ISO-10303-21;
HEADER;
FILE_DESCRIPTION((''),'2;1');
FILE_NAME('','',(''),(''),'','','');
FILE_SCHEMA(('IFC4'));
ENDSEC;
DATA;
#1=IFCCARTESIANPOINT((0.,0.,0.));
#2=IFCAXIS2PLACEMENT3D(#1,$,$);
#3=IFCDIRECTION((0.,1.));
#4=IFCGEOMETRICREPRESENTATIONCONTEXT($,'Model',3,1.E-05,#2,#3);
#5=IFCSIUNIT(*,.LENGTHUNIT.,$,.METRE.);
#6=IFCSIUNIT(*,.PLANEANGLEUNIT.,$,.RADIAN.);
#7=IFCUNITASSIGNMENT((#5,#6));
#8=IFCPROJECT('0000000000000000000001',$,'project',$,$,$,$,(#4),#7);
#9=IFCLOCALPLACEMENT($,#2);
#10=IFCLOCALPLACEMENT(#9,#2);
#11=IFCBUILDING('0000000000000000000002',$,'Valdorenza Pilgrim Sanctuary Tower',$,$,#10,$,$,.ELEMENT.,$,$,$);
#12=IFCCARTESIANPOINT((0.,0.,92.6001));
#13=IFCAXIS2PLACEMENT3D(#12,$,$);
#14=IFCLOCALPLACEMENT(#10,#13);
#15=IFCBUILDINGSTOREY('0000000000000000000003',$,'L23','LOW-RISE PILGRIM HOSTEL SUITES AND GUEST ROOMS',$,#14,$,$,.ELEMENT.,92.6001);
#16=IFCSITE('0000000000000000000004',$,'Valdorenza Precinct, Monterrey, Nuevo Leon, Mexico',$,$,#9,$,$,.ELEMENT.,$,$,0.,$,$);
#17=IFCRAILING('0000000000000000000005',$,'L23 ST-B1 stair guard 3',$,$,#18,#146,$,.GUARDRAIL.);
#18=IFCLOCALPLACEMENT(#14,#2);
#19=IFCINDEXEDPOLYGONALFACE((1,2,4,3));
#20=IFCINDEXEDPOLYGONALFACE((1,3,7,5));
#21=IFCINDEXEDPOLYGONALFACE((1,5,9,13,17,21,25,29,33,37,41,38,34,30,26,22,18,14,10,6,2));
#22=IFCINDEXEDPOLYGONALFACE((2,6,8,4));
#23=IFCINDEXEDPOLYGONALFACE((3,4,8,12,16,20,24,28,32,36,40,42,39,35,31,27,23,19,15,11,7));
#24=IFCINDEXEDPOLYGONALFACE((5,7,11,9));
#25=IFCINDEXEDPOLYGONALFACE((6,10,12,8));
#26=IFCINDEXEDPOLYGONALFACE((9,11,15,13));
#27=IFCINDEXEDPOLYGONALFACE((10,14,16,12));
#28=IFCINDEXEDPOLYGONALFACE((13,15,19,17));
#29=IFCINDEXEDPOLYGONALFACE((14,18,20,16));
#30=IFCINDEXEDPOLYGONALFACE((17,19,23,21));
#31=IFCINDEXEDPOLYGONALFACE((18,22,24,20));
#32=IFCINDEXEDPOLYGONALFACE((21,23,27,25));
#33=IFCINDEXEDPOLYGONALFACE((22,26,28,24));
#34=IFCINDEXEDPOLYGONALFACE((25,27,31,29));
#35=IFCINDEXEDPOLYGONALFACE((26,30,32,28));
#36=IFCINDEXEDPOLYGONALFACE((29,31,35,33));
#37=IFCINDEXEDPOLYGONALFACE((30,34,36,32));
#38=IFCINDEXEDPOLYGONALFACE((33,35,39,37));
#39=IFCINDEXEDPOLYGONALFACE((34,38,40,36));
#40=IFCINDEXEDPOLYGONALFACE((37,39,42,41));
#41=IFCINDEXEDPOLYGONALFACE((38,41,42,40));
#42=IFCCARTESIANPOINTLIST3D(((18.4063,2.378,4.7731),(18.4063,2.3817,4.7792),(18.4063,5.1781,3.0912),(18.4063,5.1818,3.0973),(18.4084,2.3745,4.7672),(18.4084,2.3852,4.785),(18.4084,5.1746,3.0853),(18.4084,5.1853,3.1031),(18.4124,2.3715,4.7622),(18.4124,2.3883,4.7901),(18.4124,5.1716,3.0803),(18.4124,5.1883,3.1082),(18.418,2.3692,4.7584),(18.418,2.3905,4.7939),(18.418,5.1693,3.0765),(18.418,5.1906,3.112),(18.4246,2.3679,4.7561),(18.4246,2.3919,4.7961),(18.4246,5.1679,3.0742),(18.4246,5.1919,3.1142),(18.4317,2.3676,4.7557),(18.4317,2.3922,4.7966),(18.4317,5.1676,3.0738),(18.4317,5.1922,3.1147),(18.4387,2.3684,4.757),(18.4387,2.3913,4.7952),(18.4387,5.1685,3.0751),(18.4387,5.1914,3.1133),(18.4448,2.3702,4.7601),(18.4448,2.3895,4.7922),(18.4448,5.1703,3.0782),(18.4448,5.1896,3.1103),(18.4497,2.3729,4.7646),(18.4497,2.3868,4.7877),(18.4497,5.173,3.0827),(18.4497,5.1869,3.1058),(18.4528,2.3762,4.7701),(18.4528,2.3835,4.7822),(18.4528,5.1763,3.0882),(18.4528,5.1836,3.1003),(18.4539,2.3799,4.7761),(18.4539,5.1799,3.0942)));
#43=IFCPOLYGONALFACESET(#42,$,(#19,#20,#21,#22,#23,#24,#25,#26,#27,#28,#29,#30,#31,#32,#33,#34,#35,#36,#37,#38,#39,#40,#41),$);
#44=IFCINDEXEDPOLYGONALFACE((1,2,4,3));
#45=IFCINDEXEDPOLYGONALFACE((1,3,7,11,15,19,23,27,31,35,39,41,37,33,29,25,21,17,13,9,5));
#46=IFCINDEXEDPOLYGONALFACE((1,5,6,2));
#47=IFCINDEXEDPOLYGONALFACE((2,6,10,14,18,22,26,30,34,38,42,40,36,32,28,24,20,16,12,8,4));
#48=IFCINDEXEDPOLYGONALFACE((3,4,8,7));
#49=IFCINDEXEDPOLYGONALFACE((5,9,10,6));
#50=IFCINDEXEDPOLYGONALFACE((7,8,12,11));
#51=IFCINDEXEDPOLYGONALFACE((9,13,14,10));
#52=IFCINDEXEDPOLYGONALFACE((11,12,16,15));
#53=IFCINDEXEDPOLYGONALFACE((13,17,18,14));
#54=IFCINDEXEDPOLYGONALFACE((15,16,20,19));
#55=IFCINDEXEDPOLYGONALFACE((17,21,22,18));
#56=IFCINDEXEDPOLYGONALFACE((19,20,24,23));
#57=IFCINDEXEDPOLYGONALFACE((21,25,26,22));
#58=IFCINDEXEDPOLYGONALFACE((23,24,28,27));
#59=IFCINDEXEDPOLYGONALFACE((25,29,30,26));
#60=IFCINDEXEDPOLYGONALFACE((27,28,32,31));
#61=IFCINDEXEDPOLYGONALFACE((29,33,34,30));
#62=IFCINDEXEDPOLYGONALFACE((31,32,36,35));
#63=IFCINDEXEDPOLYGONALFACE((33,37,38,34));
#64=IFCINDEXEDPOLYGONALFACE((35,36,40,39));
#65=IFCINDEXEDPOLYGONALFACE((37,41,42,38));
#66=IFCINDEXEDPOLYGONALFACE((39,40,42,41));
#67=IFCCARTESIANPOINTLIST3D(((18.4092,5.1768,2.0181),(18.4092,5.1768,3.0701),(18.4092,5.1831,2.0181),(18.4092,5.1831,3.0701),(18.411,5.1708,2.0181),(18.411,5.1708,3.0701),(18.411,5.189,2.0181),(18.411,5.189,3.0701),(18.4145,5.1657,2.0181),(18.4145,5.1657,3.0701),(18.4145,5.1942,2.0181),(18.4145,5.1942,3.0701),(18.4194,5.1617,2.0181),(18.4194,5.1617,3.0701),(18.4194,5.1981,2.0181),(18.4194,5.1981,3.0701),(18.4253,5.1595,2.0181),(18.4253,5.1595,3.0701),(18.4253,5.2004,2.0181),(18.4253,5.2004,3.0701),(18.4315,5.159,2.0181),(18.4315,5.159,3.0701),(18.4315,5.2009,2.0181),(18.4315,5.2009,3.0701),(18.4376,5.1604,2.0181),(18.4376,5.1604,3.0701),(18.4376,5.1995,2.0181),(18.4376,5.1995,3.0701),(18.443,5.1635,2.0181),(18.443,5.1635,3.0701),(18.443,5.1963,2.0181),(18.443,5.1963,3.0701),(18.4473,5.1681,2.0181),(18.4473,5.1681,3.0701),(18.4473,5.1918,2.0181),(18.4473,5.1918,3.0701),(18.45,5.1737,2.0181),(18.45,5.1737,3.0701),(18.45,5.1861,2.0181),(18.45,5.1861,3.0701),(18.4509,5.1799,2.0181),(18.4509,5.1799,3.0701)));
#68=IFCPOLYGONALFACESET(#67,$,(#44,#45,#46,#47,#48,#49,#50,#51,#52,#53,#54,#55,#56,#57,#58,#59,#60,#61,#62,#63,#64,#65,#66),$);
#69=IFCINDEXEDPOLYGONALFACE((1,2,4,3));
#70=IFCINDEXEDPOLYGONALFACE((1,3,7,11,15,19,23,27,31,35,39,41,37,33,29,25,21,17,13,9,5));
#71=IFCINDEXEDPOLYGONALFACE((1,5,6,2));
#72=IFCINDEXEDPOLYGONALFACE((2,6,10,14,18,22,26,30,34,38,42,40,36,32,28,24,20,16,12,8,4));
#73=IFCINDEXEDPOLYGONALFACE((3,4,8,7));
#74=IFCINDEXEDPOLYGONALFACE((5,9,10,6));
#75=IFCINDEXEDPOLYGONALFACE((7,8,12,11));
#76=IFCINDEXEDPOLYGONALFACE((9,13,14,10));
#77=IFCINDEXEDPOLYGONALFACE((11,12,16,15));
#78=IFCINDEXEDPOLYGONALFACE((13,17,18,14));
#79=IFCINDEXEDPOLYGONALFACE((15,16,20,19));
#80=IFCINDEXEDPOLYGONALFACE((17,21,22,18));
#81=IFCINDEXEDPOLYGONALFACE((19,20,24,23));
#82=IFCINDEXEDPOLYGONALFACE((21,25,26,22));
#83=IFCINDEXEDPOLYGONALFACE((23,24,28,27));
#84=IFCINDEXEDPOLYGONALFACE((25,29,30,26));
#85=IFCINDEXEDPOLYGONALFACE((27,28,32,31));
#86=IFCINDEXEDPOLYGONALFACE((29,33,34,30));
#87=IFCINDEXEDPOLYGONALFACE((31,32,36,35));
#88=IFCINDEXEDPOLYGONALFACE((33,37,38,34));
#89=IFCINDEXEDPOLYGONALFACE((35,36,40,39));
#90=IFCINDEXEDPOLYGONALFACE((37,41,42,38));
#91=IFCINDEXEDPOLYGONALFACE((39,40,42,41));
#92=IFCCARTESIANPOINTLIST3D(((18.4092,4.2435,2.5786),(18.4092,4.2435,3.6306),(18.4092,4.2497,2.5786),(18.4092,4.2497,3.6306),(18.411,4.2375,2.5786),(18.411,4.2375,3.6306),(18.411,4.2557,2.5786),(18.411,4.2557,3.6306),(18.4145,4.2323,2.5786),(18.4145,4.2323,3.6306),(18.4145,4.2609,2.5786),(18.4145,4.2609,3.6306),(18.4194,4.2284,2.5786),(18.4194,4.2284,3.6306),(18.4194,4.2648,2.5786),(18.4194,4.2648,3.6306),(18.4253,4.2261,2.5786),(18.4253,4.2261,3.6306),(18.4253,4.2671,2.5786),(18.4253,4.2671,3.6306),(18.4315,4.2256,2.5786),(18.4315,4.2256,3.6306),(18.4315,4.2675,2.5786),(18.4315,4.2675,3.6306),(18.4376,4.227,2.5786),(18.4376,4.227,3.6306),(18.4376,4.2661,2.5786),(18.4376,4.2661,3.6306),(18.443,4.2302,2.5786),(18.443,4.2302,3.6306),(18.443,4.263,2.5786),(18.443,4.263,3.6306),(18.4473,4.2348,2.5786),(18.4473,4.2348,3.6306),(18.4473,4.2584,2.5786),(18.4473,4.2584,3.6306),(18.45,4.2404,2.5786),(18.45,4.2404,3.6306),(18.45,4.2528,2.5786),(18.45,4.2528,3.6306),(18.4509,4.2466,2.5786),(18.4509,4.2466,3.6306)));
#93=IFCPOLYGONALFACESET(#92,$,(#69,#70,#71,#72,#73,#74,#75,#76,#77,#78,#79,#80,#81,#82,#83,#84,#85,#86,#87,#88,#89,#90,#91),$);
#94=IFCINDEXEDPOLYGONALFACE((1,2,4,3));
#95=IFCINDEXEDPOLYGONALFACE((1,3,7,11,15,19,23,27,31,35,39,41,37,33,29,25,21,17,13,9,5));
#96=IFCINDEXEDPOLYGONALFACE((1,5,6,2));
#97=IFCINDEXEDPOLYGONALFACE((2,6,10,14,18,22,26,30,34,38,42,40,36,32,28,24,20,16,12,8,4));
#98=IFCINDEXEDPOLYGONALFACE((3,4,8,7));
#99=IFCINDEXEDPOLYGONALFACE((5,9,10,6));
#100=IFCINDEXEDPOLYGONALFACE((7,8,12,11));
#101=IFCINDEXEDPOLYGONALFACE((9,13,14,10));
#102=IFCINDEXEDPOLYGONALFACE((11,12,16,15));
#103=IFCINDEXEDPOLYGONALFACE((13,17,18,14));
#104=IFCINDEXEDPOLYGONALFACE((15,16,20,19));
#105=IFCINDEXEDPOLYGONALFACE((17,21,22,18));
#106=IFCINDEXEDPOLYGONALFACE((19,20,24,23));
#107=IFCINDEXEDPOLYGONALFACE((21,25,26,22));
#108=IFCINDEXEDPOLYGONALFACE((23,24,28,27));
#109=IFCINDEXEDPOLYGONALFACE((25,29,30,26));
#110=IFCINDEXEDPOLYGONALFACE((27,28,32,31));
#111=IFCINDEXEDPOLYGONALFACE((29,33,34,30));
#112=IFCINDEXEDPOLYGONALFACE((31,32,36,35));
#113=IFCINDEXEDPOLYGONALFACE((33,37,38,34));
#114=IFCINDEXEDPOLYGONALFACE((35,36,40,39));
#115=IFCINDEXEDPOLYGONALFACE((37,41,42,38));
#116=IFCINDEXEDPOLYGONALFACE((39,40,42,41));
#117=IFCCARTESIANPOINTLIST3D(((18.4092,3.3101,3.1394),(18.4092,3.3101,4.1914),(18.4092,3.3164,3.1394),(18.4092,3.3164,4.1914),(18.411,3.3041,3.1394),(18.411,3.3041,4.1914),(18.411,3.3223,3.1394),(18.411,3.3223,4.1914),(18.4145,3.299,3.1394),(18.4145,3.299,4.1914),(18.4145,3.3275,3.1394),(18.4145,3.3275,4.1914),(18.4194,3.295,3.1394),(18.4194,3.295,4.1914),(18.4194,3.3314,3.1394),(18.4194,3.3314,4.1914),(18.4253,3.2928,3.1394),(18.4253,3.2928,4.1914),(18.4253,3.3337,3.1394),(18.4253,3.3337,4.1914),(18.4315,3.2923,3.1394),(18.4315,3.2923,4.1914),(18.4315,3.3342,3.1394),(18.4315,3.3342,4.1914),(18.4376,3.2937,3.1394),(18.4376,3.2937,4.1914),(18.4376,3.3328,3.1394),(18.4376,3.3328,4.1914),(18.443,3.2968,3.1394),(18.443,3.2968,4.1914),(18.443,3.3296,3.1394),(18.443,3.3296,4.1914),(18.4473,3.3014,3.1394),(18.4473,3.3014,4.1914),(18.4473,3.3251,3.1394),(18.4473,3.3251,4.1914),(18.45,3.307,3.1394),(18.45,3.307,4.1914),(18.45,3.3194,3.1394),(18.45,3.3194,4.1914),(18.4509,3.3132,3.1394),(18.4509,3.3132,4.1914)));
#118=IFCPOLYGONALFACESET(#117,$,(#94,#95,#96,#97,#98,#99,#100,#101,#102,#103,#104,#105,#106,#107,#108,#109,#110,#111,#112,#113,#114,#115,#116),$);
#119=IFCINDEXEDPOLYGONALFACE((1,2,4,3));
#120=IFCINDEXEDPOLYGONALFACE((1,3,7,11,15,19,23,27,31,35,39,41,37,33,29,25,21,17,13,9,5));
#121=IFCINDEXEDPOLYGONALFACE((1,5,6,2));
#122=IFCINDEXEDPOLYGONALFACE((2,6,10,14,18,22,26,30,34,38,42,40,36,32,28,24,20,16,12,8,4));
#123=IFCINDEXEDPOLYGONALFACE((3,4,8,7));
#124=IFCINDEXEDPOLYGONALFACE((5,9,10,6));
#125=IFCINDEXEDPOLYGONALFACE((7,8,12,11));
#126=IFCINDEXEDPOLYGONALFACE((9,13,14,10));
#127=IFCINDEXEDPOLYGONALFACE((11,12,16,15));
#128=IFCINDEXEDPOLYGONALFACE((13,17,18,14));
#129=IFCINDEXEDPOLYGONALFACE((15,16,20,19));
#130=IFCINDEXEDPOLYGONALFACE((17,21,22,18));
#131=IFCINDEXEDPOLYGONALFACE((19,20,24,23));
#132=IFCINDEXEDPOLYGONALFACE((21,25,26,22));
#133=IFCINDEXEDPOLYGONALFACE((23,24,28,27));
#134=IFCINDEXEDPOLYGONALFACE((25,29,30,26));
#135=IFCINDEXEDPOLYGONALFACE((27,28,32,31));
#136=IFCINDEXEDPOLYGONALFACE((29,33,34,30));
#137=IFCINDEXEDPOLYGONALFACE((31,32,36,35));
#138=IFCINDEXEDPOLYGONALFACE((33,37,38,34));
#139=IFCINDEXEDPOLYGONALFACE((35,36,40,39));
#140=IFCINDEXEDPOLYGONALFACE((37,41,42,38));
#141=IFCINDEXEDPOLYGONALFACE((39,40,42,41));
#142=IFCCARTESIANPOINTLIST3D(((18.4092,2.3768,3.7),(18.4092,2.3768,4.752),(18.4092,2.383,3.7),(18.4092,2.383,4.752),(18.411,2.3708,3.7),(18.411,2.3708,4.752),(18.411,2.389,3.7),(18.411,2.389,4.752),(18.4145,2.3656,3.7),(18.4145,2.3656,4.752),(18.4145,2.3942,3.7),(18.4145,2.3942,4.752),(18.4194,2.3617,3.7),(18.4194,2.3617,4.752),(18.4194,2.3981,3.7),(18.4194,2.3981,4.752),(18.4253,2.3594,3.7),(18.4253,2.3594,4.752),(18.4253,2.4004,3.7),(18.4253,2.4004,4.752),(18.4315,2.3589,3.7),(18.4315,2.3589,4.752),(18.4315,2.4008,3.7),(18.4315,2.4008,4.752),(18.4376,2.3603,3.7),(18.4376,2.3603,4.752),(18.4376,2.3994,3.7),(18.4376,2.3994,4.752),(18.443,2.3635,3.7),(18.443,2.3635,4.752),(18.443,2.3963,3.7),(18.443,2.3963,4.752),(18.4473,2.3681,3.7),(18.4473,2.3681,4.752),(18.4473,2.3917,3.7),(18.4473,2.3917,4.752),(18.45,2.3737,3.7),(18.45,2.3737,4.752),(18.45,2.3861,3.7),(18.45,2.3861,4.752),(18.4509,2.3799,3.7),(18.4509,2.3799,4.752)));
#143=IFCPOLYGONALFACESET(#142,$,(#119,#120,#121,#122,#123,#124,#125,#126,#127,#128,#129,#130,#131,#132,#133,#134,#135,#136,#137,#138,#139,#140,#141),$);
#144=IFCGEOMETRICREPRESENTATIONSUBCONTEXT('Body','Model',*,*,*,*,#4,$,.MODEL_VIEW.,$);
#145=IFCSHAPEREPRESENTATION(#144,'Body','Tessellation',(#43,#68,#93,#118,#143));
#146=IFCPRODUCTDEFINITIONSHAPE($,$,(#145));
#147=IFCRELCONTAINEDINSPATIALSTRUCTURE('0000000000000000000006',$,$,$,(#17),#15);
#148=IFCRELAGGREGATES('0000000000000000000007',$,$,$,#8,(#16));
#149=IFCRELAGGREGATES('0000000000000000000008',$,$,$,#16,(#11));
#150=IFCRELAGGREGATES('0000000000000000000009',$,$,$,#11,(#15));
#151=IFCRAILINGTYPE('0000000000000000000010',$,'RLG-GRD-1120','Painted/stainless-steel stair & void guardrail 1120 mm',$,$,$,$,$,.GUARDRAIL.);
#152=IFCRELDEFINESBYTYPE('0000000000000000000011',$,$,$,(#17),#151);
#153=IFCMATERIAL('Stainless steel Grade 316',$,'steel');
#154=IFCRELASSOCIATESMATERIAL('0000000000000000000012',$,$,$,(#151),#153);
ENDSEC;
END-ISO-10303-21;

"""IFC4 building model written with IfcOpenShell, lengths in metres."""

from ifc_helpers import new_model, si_unit, direction, frame, origin, origin_2d, place, context, subcontext, project, spatial, circle, extrude, material, type_object, element, save


model = new_model("IFC4")

# Units and contexts
model_context = context("Model", 3, precision=1e-05, world=origin(), true_north=direction((0.0, 1.0)))
body_context = subcontext(model_context, "Body", "Model", "MODEL_VIEW")
ifc_project = project(units=[si_unit("LENGTHUNIT", "METRE"), si_unit("PLANEANGLEUNIT", "RADIAN")], contexts=[model_context])

# Site, building, storey
site_placement = place(None, origin())
site = spatial("IfcSite", under=ifc_project, at=site_placement, Name="Valdorenza Precinct, Monterrey, Nuevo Leon, Mexico", CompositionType="ELEMENT", RefElevation=0.0)
building_placement = place(site_placement, origin())
building = spatial("IfcBuilding", under=site, at=building_placement, Name="Valdorenza Pilgrim Sanctuary Tower", CompositionType="ELEMENT")
storey_placement = place(building_placement, frame((0.0, 0.0, 92.6001)))
storey = spatial("IfcBuildingStorey", under=building, at=storey_placement, Name="L23", Description="LOW-RISE PILGRIM HOSTEL SUITES AND GUEST ROOMS", CompositionType="ELEMENT", Elevation=92.6001)

# Railing
ifc_material_1 = material(Name="Stainless steel Grade 316", Category="steel")
railing_type_1 = type_object("IfcRailingType", Name="RLG-GRD-1120", Description="Painted/stainless-steel stair & void guardrail 1120 mm", PredefinedType="GUARDRAIL", material=ifc_material_1)
railing_1_placement = place(storey_placement, frame((18.4299, 5.1799, 2.0181)))
element("IfcRailing", 1, at=railing_1_placement, inside=storey, type_object=railing_type_1, Name="L23 ST-B1 stair guard 3", PredefinedType="GUARDRAIL", context=body_context, shape_type="SweptSolid", body=[
    extrude(circle(Radius=0.0239, at=origin_2d()), frame((0.0, 0.0, 1.0762), z_axis=(0.0, -0.857242, 0.514913), x_axis=(1.0, 0.0, 0.0)), (0.0, 0.0, 1.0), 3.2664),
    extrude(circle(Radius=0.021, at=origin_2d()), origin(), (0.0, 0.0, 1.0), 1.052),
    extrude(circle(Radius=0.021, at=origin_2d()), frame((0.0, -0.9333, 0.5605)), (0.0, 0.0, 1.0), 1.052),
    extrude(circle(Radius=0.021, at=origin_2d()), frame((0.0, -1.8667, 1.1213)), (0.0, 0.0, 1.0), 1.052),
    extrude(circle(Radius=0.021, at=origin_2d()), frame((0.0, -2.8, 1.6819)), (0.0, 0.0, 1.0), 1.052),
])

save(model, "model.ifc")
